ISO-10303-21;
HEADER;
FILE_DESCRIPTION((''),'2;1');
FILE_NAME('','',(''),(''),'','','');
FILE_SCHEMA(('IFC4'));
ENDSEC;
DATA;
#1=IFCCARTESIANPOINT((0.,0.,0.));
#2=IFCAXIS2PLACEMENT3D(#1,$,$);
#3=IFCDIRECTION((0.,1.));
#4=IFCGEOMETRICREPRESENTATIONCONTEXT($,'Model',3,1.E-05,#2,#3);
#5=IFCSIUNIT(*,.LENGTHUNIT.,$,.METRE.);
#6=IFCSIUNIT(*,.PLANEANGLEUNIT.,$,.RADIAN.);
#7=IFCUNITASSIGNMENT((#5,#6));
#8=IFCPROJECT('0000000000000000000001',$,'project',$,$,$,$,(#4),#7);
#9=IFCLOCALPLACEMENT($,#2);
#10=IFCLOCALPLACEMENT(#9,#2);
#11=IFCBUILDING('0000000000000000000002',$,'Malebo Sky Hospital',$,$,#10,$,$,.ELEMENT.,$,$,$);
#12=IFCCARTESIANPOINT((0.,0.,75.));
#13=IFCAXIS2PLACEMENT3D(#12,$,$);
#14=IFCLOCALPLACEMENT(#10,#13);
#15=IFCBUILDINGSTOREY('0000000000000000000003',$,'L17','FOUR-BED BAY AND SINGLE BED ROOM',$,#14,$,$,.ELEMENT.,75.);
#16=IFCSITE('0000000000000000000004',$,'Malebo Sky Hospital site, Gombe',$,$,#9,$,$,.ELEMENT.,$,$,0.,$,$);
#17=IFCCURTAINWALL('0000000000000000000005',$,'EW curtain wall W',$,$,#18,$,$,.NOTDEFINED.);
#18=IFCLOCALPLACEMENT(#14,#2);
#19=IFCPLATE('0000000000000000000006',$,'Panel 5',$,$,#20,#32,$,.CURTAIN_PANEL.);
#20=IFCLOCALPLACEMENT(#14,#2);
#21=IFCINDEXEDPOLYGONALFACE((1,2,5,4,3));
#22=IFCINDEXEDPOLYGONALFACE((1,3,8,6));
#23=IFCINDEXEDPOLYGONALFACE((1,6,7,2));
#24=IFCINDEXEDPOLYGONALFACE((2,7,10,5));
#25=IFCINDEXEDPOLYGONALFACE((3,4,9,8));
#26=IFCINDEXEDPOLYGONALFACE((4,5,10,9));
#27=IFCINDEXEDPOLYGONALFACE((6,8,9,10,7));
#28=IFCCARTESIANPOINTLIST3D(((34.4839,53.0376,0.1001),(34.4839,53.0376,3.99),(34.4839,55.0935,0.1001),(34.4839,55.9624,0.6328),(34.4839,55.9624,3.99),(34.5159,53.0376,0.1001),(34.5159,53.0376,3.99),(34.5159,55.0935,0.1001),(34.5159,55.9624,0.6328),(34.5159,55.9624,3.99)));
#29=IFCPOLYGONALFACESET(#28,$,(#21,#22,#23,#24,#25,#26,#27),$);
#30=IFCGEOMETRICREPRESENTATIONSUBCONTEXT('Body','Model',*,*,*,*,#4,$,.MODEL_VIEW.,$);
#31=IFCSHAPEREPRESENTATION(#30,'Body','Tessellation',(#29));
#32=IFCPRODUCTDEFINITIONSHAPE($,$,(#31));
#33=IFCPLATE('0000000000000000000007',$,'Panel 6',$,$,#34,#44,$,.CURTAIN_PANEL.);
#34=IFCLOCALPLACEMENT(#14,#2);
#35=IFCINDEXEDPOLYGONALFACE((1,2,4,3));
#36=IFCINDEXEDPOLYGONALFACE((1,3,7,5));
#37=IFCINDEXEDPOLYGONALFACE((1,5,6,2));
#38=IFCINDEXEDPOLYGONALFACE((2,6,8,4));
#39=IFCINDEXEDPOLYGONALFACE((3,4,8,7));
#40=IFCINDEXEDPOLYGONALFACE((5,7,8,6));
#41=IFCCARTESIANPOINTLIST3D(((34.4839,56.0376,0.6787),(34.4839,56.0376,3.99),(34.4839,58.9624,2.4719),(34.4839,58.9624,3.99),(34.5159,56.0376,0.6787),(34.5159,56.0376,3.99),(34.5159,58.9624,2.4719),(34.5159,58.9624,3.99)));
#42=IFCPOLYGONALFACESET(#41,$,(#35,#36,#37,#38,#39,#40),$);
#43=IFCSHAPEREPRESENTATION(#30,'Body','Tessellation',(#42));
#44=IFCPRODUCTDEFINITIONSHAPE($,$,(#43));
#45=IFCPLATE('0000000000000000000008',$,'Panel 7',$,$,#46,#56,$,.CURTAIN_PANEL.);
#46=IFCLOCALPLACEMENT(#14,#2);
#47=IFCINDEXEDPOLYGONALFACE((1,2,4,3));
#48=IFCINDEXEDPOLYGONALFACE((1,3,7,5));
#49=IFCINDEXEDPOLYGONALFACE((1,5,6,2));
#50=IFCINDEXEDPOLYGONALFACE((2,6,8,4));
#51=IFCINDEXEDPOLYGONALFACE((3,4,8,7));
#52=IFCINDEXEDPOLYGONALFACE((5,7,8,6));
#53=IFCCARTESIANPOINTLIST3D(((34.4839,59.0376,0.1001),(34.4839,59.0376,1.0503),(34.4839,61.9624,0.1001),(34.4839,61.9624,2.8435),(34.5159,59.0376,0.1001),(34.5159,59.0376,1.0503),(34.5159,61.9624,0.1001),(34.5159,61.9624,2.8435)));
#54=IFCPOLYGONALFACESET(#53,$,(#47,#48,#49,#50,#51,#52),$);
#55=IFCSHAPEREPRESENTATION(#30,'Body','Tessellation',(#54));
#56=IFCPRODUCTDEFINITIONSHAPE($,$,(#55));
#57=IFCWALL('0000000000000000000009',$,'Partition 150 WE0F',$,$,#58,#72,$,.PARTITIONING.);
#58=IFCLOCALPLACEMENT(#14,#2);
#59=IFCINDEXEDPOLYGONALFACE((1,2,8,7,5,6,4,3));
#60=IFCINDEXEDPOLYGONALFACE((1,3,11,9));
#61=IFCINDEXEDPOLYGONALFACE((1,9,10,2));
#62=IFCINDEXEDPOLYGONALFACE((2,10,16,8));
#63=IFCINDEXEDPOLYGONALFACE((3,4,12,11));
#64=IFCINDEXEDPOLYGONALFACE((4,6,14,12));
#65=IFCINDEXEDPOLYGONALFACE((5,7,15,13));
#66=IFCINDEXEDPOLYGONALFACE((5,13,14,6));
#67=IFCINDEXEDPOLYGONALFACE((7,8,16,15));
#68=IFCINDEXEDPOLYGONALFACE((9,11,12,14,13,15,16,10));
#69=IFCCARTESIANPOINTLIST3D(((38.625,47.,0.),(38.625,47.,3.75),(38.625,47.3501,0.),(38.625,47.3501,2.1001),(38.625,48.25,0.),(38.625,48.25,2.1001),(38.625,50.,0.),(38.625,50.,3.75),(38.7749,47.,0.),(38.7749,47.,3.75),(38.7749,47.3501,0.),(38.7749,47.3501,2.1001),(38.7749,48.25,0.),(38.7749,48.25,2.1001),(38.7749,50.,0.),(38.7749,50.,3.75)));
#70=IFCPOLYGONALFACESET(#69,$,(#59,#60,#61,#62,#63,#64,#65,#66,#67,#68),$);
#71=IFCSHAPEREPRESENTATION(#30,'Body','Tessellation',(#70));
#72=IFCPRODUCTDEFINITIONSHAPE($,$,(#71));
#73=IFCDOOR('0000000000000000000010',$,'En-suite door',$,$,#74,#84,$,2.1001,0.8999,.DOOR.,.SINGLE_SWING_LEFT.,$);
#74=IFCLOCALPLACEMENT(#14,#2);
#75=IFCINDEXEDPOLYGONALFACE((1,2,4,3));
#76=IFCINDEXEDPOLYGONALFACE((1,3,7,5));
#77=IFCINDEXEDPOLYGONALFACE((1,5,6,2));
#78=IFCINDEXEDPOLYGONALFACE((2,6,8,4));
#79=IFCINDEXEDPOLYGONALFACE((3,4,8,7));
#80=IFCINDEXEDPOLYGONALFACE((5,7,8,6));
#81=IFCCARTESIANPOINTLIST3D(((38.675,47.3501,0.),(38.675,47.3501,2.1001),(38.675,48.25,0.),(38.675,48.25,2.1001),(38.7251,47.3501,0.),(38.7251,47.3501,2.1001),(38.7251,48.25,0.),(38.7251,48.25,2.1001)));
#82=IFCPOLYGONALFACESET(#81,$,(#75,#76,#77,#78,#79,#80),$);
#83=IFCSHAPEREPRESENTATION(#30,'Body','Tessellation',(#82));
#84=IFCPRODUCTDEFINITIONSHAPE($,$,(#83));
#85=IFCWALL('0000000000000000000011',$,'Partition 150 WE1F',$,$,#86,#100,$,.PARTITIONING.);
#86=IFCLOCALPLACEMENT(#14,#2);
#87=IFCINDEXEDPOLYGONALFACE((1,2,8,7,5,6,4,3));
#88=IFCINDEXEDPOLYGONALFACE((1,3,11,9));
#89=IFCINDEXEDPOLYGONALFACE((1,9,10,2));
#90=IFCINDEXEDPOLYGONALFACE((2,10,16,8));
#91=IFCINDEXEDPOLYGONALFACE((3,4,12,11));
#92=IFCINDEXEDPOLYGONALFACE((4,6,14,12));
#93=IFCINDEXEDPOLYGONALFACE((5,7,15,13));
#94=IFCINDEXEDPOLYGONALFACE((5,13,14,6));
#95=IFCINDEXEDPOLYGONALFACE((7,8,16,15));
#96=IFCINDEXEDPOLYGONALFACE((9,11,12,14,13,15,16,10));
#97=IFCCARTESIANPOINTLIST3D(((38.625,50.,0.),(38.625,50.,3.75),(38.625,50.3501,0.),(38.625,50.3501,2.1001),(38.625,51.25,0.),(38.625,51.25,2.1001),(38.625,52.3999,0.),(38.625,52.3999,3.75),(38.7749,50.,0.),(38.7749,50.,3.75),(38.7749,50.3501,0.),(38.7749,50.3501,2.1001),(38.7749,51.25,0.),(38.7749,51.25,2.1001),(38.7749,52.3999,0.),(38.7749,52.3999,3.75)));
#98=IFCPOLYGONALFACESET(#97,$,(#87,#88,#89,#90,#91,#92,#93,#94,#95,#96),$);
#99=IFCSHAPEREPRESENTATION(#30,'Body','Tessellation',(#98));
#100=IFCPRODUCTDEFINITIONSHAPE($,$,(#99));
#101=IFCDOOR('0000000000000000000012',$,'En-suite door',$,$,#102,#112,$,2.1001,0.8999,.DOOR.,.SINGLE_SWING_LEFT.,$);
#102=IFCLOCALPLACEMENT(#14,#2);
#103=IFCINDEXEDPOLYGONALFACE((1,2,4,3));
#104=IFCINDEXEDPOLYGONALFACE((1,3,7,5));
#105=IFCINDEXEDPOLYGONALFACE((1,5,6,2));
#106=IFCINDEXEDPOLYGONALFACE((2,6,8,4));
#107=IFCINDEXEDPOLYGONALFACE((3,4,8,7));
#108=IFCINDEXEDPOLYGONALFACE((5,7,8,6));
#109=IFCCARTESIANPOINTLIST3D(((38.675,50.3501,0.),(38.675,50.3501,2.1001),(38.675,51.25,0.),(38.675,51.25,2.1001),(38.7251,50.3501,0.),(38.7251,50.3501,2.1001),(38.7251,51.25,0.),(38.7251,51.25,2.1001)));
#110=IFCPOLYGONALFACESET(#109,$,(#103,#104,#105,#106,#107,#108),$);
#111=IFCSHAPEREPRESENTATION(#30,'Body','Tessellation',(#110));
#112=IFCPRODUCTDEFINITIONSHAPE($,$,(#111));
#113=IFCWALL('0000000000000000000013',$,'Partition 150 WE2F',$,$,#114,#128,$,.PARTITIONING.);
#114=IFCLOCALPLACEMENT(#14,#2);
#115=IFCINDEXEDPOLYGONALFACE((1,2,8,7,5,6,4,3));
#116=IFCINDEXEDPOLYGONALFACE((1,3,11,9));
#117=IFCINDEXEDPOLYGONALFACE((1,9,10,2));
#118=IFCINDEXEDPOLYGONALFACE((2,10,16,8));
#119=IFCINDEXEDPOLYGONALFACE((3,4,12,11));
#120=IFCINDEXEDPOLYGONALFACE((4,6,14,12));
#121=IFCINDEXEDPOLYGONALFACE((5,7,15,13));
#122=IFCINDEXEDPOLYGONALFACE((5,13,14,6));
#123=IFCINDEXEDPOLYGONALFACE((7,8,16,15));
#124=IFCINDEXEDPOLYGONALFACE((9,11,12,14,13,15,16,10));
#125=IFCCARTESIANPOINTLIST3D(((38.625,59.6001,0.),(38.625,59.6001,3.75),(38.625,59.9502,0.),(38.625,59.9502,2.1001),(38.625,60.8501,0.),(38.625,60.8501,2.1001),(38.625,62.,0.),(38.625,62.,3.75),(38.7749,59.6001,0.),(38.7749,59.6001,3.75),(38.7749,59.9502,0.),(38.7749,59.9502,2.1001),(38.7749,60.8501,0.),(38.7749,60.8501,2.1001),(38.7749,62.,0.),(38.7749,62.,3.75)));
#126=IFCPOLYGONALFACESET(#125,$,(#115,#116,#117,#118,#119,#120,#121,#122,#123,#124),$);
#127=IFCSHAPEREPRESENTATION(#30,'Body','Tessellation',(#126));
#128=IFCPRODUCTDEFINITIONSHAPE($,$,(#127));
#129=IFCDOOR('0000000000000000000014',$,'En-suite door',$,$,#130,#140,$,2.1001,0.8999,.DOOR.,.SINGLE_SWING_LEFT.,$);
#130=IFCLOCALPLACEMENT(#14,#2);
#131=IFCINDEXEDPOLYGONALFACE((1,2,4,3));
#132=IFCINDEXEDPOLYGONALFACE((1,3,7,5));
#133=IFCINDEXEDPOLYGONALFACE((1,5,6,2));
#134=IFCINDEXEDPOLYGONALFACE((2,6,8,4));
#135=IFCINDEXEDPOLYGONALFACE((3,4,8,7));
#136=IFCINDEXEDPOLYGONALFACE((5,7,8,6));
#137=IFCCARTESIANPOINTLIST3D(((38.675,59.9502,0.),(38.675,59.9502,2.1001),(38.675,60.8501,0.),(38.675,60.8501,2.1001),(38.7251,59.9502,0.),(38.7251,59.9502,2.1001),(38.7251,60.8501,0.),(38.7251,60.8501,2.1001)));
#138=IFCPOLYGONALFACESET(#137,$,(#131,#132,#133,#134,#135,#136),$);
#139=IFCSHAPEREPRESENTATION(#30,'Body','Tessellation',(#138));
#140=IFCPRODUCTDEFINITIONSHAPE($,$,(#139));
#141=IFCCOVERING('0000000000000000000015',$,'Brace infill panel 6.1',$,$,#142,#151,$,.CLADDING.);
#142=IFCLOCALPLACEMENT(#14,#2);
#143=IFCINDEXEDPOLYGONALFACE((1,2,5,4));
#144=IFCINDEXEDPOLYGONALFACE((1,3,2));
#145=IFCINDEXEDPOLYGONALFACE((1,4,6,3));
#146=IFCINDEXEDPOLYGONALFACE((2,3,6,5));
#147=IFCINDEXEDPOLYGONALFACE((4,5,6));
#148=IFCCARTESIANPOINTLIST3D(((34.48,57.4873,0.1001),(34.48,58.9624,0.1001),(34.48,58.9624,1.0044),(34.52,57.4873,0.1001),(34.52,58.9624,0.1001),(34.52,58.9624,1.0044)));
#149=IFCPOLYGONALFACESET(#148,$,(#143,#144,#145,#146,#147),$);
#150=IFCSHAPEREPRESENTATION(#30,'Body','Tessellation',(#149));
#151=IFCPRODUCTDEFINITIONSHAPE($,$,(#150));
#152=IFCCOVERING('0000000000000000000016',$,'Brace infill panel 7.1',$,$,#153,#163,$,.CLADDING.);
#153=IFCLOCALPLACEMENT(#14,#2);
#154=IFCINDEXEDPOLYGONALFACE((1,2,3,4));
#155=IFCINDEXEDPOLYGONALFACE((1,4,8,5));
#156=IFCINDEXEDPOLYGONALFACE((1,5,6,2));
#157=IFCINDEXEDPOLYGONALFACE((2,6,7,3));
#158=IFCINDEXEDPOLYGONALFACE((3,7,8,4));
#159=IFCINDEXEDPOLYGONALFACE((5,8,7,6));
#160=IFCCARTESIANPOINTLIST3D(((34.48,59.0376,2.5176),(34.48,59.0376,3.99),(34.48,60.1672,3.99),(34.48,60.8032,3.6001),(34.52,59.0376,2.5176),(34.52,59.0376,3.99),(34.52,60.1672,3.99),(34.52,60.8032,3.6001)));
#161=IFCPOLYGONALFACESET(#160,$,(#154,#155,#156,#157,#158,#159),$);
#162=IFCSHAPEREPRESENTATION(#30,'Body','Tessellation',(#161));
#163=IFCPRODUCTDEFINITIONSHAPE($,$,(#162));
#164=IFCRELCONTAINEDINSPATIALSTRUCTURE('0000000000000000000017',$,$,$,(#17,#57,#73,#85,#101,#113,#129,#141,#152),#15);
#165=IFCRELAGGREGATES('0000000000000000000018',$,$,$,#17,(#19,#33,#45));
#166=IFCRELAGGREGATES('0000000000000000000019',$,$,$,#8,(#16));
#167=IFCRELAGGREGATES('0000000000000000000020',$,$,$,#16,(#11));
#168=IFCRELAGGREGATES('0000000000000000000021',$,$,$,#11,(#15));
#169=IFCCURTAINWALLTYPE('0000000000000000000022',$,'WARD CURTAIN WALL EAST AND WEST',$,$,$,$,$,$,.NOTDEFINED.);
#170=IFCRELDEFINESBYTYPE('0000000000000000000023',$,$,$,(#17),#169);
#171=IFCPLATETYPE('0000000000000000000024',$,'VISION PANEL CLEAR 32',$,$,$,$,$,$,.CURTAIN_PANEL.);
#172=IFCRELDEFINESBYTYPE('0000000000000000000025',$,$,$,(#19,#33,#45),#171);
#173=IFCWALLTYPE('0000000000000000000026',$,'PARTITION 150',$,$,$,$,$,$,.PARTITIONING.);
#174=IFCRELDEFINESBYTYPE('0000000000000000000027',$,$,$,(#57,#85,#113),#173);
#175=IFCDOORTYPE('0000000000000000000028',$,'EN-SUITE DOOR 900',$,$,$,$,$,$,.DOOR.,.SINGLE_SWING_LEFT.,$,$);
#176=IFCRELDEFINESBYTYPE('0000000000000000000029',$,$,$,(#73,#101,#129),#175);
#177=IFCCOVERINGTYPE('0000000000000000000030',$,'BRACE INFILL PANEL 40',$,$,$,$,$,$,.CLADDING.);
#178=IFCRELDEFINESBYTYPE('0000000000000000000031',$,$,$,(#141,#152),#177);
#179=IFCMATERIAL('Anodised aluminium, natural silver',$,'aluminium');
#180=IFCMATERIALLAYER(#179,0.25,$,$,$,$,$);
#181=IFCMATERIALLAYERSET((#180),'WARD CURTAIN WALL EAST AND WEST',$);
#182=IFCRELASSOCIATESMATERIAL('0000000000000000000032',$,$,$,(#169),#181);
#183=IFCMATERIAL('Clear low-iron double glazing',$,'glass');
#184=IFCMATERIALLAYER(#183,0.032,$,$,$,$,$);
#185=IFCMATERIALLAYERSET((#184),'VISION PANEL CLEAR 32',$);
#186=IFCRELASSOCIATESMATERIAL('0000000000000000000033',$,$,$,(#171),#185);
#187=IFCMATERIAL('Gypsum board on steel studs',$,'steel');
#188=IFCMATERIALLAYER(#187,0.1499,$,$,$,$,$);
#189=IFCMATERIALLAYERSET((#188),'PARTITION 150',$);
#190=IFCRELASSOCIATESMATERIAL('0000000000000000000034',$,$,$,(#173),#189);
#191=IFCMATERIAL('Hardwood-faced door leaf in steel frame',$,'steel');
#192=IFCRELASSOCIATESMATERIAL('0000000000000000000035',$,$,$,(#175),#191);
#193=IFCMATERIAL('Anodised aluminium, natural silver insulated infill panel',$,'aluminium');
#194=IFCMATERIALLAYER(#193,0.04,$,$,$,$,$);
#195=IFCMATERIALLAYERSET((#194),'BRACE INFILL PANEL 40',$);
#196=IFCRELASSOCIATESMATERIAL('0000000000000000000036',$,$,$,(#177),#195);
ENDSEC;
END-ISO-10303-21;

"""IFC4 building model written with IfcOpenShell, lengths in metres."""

from ifc_helpers import new_model, si_unit, direction, frame, frame_2d, origin, place, context, subcontext, project, spatial, polyline, rectangle, outline, extrude, material, layer, layer_set, type_object, element, fill, aggregate, save


model = new_model("IFC4")

# Units and contexts
model_context = context("Model", 3, precision=1e-05, world=origin(), true_north=direction((0.0, 1.0)))
body_context = subcontext(model_context, "Body", "Model", "MODEL_VIEW")
ifc_project = project(units=[si_unit("LENGTHUNIT", "METRE"), si_unit("PLANEANGLEUNIT", "RADIAN")], contexts=[model_context])

# Site, building, storey
site_placement = place(None, origin())
site = spatial("IfcSite", under=ifc_project, at=site_placement, Name="Malebo Sky Hospital site, Gombe", CompositionType="ELEMENT", RefElevation=0.0)
building_placement = place(site_placement, origin())
building = spatial("IfcBuilding", under=site, at=building_placement, Name="Malebo Sky Hospital", CompositionType="ELEMENT")
storey_placement = place(building_placement, frame((0.0, 0.0, 75.0)))
storey = spatial("IfcBuildingStorey", under=building, at=storey_placement, Name="L17", Description="FOUR-BED BAY AND SINGLE BED ROOM", CompositionType="ELEMENT", Elevation=75.0)

# Curtain wall
ifc_material_1 = material(Name="Anodised aluminium, natural silver", Category="aluminium")
ifc_layer_1 = layer(ifc_material_1, 0.25)
ifc_layer_set_1 = layer_set([ifc_layer_1], Name="WARD CURTAIN WALL EAST AND WEST")
curtain_wall_type = type_object("IfcCurtainWallType", Name="WARD CURTAIN WALL EAST AND WEST", PredefinedType="NOTDEFINED", material=ifc_layer_set_1)
curtain_wall_placement = place(storey_placement, origin())
curtain_wall = element("IfcCurtainWall", 1, at=curtain_wall_placement, inside=storey, type_object=curtain_wall_type, Name="EW curtain wall W", PredefinedType="NOTDEFINED")

# Plates
ifc_material_2 = material(Name="Clear low-iron double glazing", Category="glass")
ifc_layer_2 = layer(ifc_material_2, 0.032)
ifc_layer_set_2 = layer_set([ifc_layer_2], Name="VISION PANEL CLEAR 32")
plate_type = type_object("IfcPlateType", Name="VISION PANEL CLEAR 32", PredefinedType="CURTAIN_PANEL", material=ifc_layer_set_2)
plate_1_placement = place(storey_placement, frame((34.5, 54.5, 0.1001), z_axis=(0.0, 0.0, 1.0), x_axis=(0.0, 1.0, 0.0)))
plate_1 = element("IfcPlate", 2, at=plate_1_placement, type_object=plate_type, Name="Panel 5", PredefinedType="CURTAIN_PANEL", context=body_context, shape_type="SweptSolid", body=[
    extrude(outline(polyline([(-1.4624, 0.0), (0.5935, 0.0), (1.4624, 0.5327), (1.4624, 3.8899), (-1.4624, 3.8899), (-1.4624, 0.0)])), frame((0.0, 0.0161, 0.0), z_axis=(0.0, -1.0, 0.0), x_axis=(1.0, 0.0, 0.0)), (0.0, 0.0, 1.0), 0.032),
])
plate_2_placement = place(storey_placement, frame((34.5, 57.5, 0.6787), z_axis=(0.0, 0.0, 1.0), x_axis=(0.0, 1.0, 0.0)))
plate_2 = element("IfcPlate", 3, at=plate_2_placement, type_object=plate_type, Name="Panel 6", PredefinedType="CURTAIN_PANEL", context=body_context, shape_type="SweptSolid", body=[
    extrude(outline(polyline([(-1.4624, 0.0), (1.4624, 1.7932), (1.4624, 3.3113), (-1.4624, 3.3113), (-1.4624, 0.0)])), frame((0.0, 0.0161, 0.0), z_axis=(0.0, -1.0, 0.0), x_axis=(1.0, 0.0, 0.0)), (0.0, 0.0, 1.0), 0.032),
])
plate_3_placement = place(storey_placement, frame((34.5, 60.5, 0.1001), z_axis=(0.0, 0.0, 1.0), x_axis=(0.0, 1.0, 0.0)))
plate_3 = element("IfcPlate", 4, at=plate_3_placement, type_object=plate_type, Name="Panel 7", PredefinedType="CURTAIN_PANEL", context=body_context, shape_type="SweptSolid", body=[
    extrude(outline(polyline([(-1.4624, 0.0), (1.4624, 0.0), (1.4624, 2.7434), (-1.4624, 0.9502), (-1.4624, 0.0)])), frame((0.0, 0.0161, 0.0), z_axis=(0.0, -1.0, 0.0), x_axis=(1.0, 0.0, 0.0)), (0.0, 0.0, 1.0), 0.032),
])
aggregate(curtain_wall, [plate_1, plate_2, plate_3])

# Walls, openings, doors
ifc_material_3 = material(Name="Gypsum board on steel studs", Category="steel")
ifc_layer_3 = layer(ifc_material_3, 0.1499)
ifc_layer_set_3 = layer_set([ifc_layer_3], Name="PARTITION 150")
wall_type = type_object("IfcWallType", Name="PARTITION 150", PredefinedType="PARTITIONING", material=ifc_layer_set_3)
wall_1_placement = place(storey_placement, frame((38.7, 47.0, 0.0), z_axis=(0.0, 0.0, 1.0), x_axis=(0.0, 1.0, 0.0)))
wall_1 = element("IfcWall", 5, at=wall_1_placement, inside=storey, type_object=wall_type, Name="Partition 150 WE0F", PredefinedType="PARTITIONING", context=body_context, shape_type="SweptSolid", body=[
    extrude(rectangle(XDim=3.0, YDim=0.1499, at=frame_2d((1.5, 0.0))), origin(), (0.0, 0.0, 1.0), 3.75),
])
opening_1_placement = place(wall_1_placement, frame((0.3501, 0.0, 0.0)))
opening_1 = element("IfcOpeningElement", 6, at=opening_1_placement, cuts=wall_1, PredefinedType="OPENING", context=body_context, shape_type="SweptSolid", body=[
    extrude(rectangle(XDim=0.8999, YDim=2.1001, at=frame_2d((0.45, 1.05))), frame((0.0, 0.085, 0.0), z_axis=(0.0, -1.0, 0.0), x_axis=(1.0, 0.0, 0.0)), (0.0, 0.0, 1.0), 0.1699),
])
ifc_material_4 = material(Name="Hardwood-faced door leaf in steel frame", Category="steel")
door_type = type_object("IfcDoorType", Name="EN-SUITE DOOR 900", OperationType="SINGLE_SWING_LEFT", PredefinedType="DOOR", material=ifc_material_4)
door_1_placement = place(opening_1_placement, origin())
door_1 = element("IfcDoor", 7, at=door_1_placement, inside=storey, type_object=door_type, Name="En-suite door", OperationType="SINGLE_SWING_LEFT", OverallHeight=2.1001, OverallWidth=0.8999, PredefinedType="DOOR", context=body_context, shape_type="SweptSolid", body=[
    extrude(rectangle(XDim=0.8999, YDim=2.1001, at=frame_2d((0.45, 1.05))), frame((0.0, 0.0249, 0.0), z_axis=(0.0, -1.0, 0.0), x_axis=(1.0, 0.0, 0.0)), (0.0, 0.0, 1.0), 0.05),
])
fill(opening_1, door_1)
wall_2_placement = place(storey_placement, frame((38.7, 50.0, 0.0), z_axis=(0.0, 0.0, 1.0), x_axis=(0.0, 1.0, 0.0)))
wall_2 = element("IfcWall", 8, at=wall_2_placement, inside=storey, type_object=wall_type, Name="Partition 150 WE1F", PredefinedType="PARTITIONING", context=body_context, shape_type="SweptSolid", body=[
    extrude(rectangle(XDim=2.3999, YDim=0.1499, at=frame_2d((1.2, 0.0))), origin(), (0.0, 0.0, 1.0), 3.75),
])
opening_2_placement = place(wall_2_placement, frame((0.3501, 0.0, 0.0)))
opening_2 = element("IfcOpeningElement", 9, at=opening_2_placement, cuts=wall_2, PredefinedType="OPENING", context=body_context, shape_type="SweptSolid", body=[
    extrude(rectangle(XDim=0.8999, YDim=2.1001, at=frame_2d((0.45, 1.05))), frame((0.0, 0.085, 0.0), z_axis=(0.0, -1.0, 0.0), x_axis=(1.0, 0.0, 0.0)), (0.0, 0.0, 1.0), 0.1699),
])
door_2_placement = place(opening_2_placement, origin())
door_2 = element("IfcDoor", 10, at=door_2_placement, inside=storey, type_object=door_type, Name="En-suite door", OperationType="SINGLE_SWING_LEFT", OverallHeight=2.1001, OverallWidth=0.8999, PredefinedType="DOOR", context=body_context, shape_type="SweptSolid", body=[
    extrude(rectangle(XDim=0.8999, YDim=2.1001, at=frame_2d((0.45, 1.05))), frame((0.0, 0.0249, 0.0), z_axis=(0.0, -1.0, 0.0), x_axis=(1.0, 0.0, 0.0)), (0.0, 0.0, 1.0), 0.05),
])
fill(opening_2, door_2)
wall_3_placement = place(storey_placement, frame((38.7, 59.6001, 0.0), z_axis=(0.0, 0.0, 1.0), x_axis=(0.0, 1.0, 0.0)))
wall_3 = element("IfcWall", 11, at=wall_3_placement, inside=storey, type_object=wall_type, Name="Partition 150 WE2F", PredefinedType="PARTITIONING", context=body_context, shape_type="SweptSolid", body=[
    extrude(rectangle(XDim=2.3999, YDim=0.1499, at=frame_2d((1.2, 0.0))), origin(), (0.0, 0.0, 1.0), 3.75),
])
opening_3_placement = place(wall_3_placement, frame((0.3501, 0.0, 0.0)))
opening_3 = element("IfcOpeningElement", 12, at=opening_3_placement, cuts=wall_3, PredefinedType="OPENING", context=body_context, shape_type="SweptSolid", body=[
    extrude(rectangle(XDim=0.8999, YDim=2.1001, at=frame_2d((0.45, 1.05))), frame((0.0, 0.085, 0.0), z_axis=(0.0, -1.0, 0.0), x_axis=(1.0, 0.0, 0.0)), (0.0, 0.0, 1.0), 0.1699),
])
door_3_placement = place(opening_3_placement, origin())
door_3 = element("IfcDoor", 13, at=door_3_placement, inside=storey, type_object=door_type, Name="En-suite door", OperationType="SINGLE_SWING_LEFT", OverallHeight=2.1001, OverallWidth=0.8999, PredefinedType="DOOR", context=body_context, shape_type="SweptSolid", body=[
    extrude(rectangle(XDim=0.8999, YDim=2.1001, at=frame_2d((0.45, 1.05))), frame((0.0, 0.0249, 0.0), z_axis=(0.0, -1.0, 0.0), x_axis=(1.0, 0.0, 0.0)), (0.0, 0.0, 1.0), 0.05),
])
fill(opening_3, door_3)

# Coverings
ifc_material_5 = material(Name="Anodised aluminium, natural silver insulated infill panel", Category="aluminium")
ifc_layer_4 = layer(ifc_material_5, 0.04)
ifc_layer_set_4 = layer_set([ifc_layer_4], Name="BRACE INFILL PANEL 40")
covering_type = type_object("IfcCoveringType", Name="BRACE INFILL PANEL 40", PredefinedType="CLADDING", material=ifc_layer_set_4)
covering_1_placement = place(storey_placement, frame((34.5, 58.2249, 0.1001), z_axis=(0.0, 0.0, 1.0), x_axis=(0.0, 1.0, 0.0)))
element("IfcCovering", 14, at=covering_1_placement, inside=storey, type_object=covering_type, Name="Brace infill panel 6.1", PredefinedType="CLADDING", context=body_context, shape_type="SweptSolid", body=[
    extrude(outline(polyline([(-0.7375, 0.0), (0.7375, 0.0), (0.7375, 0.9043), (-0.7375, 0.0)])), frame((0.0, 0.02, 0.0), z_axis=(0.0, -1.0, 0.0), x_axis=(1.0, 0.0, 0.0)), (0.0, 0.0, 1.0), 0.04),
])
covering_2_placement = place(storey_placement, frame((34.5, 59.9204, 2.5176), z_axis=(0.0, 0.0, 1.0), x_axis=(0.0, 1.0, 0.0)))
element("IfcCovering", 15, at=covering_2_placement, inside=storey, type_object=covering_type, Name="Brace infill panel 7.1", PredefinedType="CLADDING", context=body_context, shape_type="SweptSolid", body=[
    extrude(outline(polyline([(-0.8828, 0.0), (0.8828, 1.0825), (0.2468, 1.4724), (-0.8828, 1.4724), (-0.8828, 0.0)])), frame((0.0, 0.02, 0.0), z_axis=(0.0, -1.0, 0.0), x_axis=(1.0, 0.0, 0.0)), (0.0, 0.0, 1.0), 0.04),
])

save(model, "model.ifc")
